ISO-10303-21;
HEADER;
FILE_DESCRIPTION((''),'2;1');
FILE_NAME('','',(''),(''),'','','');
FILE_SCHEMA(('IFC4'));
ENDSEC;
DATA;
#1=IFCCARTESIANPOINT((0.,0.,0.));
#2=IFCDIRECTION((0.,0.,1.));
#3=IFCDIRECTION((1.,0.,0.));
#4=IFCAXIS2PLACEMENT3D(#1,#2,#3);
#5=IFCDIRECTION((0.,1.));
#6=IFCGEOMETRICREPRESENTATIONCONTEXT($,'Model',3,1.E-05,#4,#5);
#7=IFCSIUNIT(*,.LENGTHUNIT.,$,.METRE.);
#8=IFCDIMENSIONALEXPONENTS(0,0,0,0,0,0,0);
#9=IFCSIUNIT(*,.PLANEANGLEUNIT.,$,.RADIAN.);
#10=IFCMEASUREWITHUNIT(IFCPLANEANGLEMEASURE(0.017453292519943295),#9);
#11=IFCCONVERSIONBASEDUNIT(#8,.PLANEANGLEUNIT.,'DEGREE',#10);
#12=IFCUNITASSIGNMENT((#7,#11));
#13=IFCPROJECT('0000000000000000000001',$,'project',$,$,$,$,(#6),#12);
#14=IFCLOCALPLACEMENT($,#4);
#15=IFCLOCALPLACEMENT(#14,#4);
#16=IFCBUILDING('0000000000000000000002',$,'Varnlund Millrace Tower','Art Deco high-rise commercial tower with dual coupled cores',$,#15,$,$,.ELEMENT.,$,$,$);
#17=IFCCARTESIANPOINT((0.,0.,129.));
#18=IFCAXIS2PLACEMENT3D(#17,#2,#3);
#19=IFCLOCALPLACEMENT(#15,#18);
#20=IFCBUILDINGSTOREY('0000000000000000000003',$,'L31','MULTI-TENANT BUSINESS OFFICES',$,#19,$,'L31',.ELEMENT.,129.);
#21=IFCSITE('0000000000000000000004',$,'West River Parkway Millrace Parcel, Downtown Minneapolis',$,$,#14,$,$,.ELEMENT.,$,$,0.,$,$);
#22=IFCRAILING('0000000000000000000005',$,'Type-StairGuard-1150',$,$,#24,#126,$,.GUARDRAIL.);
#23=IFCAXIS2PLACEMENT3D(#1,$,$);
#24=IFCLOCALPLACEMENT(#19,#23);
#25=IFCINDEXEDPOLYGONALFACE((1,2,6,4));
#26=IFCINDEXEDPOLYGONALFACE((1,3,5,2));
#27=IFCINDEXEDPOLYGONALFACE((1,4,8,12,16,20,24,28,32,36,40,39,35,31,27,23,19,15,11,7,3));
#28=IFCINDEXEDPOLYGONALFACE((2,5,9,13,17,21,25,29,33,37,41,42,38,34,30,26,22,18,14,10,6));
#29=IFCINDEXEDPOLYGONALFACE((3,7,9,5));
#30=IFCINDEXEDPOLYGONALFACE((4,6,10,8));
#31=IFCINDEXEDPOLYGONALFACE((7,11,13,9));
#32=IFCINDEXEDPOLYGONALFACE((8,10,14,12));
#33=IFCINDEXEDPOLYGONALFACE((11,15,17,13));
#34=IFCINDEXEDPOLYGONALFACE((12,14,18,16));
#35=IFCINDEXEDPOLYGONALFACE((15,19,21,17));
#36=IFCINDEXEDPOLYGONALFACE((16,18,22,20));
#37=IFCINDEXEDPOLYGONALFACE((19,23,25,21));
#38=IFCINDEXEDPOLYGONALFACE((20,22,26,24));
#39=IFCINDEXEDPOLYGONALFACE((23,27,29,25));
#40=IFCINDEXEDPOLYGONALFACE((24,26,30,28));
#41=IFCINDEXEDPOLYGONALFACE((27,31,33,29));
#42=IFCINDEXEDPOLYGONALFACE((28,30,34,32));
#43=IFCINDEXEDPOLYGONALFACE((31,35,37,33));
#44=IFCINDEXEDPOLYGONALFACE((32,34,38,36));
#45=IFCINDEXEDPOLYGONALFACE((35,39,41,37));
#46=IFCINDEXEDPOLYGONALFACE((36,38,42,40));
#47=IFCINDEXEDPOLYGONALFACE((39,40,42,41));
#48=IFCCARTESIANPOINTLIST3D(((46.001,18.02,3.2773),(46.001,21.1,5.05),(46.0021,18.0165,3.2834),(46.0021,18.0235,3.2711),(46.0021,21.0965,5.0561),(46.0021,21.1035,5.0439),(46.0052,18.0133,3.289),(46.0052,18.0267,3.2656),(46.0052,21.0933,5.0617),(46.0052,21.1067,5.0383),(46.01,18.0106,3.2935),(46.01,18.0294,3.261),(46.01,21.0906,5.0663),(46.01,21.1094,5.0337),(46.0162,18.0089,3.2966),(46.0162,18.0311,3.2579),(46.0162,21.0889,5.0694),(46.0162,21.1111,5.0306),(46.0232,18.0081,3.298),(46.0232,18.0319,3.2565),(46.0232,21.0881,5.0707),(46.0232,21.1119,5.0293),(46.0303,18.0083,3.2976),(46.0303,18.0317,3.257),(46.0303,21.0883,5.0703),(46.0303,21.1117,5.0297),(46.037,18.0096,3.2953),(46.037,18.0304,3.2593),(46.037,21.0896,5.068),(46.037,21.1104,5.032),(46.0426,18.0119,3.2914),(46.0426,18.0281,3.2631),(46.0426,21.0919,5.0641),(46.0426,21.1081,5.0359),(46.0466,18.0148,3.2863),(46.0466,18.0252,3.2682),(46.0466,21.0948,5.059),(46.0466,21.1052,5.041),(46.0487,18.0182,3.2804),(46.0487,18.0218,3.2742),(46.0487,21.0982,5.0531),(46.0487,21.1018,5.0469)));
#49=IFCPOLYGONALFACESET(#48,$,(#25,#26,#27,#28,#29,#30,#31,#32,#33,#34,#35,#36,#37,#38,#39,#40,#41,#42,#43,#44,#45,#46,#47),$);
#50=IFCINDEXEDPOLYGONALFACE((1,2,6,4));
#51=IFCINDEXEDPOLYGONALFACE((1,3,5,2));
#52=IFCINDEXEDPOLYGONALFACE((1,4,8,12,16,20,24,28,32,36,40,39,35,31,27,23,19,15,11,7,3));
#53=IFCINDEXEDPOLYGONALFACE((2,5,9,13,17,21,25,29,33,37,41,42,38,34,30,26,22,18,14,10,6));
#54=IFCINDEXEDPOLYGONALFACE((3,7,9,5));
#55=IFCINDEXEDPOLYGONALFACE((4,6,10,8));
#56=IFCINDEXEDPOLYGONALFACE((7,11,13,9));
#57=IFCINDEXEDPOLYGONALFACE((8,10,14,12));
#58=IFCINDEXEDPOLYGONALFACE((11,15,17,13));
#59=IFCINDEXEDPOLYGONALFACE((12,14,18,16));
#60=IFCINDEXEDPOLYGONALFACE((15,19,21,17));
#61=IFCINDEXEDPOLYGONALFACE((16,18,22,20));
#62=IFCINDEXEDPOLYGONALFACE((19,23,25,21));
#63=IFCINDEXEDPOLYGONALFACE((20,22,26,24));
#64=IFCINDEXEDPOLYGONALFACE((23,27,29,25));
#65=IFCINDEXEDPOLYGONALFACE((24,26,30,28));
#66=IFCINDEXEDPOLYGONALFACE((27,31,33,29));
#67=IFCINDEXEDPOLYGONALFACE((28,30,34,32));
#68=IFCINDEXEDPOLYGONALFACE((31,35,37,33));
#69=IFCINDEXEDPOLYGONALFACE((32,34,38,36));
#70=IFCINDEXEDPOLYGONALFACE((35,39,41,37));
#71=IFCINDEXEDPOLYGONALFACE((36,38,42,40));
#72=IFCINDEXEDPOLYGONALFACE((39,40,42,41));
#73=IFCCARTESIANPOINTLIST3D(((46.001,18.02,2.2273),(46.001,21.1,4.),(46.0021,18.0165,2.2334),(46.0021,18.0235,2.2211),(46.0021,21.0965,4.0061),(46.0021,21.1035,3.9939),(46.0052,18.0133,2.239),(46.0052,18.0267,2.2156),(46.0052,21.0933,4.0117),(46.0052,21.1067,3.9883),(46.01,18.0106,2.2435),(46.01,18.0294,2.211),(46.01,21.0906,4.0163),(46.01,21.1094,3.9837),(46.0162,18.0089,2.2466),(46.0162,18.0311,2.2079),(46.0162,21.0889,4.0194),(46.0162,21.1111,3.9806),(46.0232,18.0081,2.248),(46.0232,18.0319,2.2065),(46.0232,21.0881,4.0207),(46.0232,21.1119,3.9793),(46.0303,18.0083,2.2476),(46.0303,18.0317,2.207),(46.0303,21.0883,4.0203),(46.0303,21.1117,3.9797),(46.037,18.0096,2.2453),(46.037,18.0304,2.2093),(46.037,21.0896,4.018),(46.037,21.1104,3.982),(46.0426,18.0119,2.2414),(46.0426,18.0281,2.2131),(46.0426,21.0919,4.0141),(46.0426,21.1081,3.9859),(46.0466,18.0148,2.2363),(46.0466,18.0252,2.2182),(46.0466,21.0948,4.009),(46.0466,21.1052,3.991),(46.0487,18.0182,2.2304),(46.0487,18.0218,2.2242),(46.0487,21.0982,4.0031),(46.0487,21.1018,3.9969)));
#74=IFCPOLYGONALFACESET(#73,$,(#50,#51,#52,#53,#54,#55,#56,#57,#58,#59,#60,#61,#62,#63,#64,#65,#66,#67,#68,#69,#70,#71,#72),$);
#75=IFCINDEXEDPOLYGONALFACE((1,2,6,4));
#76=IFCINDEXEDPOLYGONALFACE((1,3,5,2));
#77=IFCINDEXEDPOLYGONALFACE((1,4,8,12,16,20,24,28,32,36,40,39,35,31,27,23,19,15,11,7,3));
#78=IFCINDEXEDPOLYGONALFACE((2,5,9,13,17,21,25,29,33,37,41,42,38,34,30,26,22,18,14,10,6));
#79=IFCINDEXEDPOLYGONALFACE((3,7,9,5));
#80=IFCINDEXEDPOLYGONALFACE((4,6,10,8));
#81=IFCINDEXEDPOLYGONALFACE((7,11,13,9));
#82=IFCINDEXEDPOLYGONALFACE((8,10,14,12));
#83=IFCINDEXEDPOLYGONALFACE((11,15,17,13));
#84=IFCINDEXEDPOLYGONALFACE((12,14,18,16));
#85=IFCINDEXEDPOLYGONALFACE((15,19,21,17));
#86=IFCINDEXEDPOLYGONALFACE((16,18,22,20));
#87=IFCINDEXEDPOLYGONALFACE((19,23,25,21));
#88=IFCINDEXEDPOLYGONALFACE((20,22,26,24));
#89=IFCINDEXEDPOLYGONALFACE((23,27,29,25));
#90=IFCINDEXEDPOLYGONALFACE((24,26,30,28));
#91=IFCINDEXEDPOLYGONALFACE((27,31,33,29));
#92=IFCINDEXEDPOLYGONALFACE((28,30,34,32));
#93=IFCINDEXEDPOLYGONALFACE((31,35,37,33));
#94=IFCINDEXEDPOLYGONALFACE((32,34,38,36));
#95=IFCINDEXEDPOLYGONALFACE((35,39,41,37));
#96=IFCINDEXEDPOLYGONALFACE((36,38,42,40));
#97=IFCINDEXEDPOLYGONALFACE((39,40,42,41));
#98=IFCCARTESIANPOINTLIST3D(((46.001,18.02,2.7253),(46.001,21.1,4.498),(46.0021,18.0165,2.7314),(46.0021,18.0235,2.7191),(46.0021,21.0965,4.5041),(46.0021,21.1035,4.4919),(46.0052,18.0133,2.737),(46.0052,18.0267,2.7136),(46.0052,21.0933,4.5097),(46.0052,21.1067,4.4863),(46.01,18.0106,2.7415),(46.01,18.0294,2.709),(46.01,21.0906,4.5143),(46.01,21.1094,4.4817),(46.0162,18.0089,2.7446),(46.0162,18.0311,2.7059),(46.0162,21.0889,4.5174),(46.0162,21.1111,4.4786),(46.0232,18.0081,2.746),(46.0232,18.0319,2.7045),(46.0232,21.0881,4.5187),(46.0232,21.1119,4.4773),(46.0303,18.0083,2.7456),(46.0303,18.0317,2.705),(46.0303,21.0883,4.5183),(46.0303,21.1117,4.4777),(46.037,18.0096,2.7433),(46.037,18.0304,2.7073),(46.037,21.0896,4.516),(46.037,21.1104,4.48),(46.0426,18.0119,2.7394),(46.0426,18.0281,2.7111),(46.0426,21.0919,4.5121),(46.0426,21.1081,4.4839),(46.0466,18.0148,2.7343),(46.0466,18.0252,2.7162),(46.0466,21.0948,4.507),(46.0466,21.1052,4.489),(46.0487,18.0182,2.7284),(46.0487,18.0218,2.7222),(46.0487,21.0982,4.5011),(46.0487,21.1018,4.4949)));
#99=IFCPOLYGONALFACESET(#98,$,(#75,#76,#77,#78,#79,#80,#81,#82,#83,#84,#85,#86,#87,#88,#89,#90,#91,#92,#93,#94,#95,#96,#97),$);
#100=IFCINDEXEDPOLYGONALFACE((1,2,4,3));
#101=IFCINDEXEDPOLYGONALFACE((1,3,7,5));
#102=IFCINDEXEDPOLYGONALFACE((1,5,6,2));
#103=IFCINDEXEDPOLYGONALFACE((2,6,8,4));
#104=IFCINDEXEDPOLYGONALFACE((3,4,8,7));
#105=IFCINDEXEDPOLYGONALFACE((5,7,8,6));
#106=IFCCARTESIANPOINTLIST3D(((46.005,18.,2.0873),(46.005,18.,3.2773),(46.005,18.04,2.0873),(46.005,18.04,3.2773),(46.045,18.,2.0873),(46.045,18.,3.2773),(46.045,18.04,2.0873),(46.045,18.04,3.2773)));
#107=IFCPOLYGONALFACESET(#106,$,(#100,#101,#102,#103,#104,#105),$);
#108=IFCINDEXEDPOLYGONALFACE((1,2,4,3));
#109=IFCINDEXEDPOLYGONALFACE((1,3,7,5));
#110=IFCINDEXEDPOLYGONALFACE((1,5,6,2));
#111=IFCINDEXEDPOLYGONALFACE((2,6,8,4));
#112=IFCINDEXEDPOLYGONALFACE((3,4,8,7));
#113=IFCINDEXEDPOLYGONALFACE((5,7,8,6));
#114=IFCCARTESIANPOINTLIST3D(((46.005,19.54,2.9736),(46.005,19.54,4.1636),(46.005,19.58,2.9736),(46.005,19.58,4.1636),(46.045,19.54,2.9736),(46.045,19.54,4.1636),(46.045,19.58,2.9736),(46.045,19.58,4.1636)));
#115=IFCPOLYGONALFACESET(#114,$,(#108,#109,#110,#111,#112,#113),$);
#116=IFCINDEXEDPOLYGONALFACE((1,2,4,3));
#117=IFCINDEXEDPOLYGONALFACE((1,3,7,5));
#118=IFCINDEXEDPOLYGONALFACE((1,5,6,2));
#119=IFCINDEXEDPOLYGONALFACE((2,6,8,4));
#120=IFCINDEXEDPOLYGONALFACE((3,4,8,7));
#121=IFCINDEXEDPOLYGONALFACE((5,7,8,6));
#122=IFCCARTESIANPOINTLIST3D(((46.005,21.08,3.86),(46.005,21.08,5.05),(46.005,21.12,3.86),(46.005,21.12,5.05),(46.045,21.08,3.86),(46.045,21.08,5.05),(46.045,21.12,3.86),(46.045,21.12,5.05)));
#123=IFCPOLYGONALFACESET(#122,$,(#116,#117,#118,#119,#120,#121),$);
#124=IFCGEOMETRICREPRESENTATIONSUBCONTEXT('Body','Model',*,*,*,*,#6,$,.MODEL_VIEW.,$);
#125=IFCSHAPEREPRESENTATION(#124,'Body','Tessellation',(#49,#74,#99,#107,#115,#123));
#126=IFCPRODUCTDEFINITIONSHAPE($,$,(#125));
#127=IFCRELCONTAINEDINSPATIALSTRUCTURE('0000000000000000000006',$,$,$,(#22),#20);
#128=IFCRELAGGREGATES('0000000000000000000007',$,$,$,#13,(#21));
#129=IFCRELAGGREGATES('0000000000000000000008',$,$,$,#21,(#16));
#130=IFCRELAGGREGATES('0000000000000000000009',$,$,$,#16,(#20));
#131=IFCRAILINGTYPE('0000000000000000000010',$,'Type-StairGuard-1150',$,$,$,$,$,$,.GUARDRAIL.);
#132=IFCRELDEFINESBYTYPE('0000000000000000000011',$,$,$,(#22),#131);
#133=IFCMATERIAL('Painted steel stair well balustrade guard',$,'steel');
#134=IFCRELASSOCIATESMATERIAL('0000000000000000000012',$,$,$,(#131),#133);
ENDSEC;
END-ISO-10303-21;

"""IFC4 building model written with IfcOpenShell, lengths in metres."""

from ifc_helpers import new_model, entity, si_unit, converted_unit, direction, frame, origin_with_axes, origin_2d_with_axis, place, context, subcontext, project, spatial, rectangle, circle, extrude, material, type_object, element, save


model = new_model("IFC4")

# Units and contexts
model_context = context("Model", 3, precision=1e-05, world=origin_with_axes(), true_north=direction((0.0, 1.0)))
body_context = subcontext(model_context, "Body", "Model", "MODEL_VIEW")
ifc_project = project(units=[si_unit("LENGTHUNIT", "METRE"), converted_unit("PLANEANGLEUNIT", "DEGREE", entity("IfcPlaneAngleMeasure", 0.017453292519943295), si_unit("PLANEANGLEUNIT", "RADIAN"), dimensions=[0, 0, 0, 0, 0, 0, 0])], contexts=[model_context])

# Site, building, storey
site_placement = place(None, origin_with_axes())
site = spatial("IfcSite", under=ifc_project, at=site_placement, Name="West River Parkway Millrace Parcel, Downtown Minneapolis", CompositionType="ELEMENT", RefElevation=0.0)
building_placement = place(site_placement, origin_with_axes())
building = spatial("IfcBuilding", under=site, at=building_placement, Name="Varnlund Millrace Tower", Description="Art Deco high-rise commercial tower with dual coupled cores", CompositionType="ELEMENT")
storey_placement = place(building_placement, frame((0.0, 0.0, 129.0), z_axis=(0.0, 0.0, 1.0), x_axis=(1.0, 0.0, 0.0)))
storey = spatial("IfcBuildingStorey", under=building, at=storey_placement, Name="L31", Description="MULTI-TENANT BUSINESS OFFICES", LongName="L31", CompositionType="ELEMENT", Elevation=129.0)

# Railing
ifc_material_1 = material(Name="Painted steel stair well balustrade guard", Category="steel")
railing_type_1 = type_object("IfcRailingType", Name="Type-StairGuard-1150", PredefinedType="GUARDRAIL", material=ifc_material_1)
railing_1_placement = place(storey_placement, frame((0.0, 0.0, -129.0), z_axis=(0.0, 0.0, 1.0), x_axis=(1.0, 0.0, 0.0)))
element("IfcRailing", 1, at=railing_1_placement, inside=storey, type_object=railing_type_1, Name="Type-StairGuard-1150", PredefinedType="GUARDRAIL", context=body_context, shape_type="SweptSolid", body=[
    extrude(circle(Radius=0.024, at=origin_2d_with_axis()), frame((46.025, 18.02, 132.2773), z_axis=(0.0, 0.866696, 0.498836), x_axis=(-1.0, 0.0, 0.0)), (0.0, 0.0, 1.0), 3.5537),
    extrude(circle(Radius=0.024, at=origin_2d_with_axis()), frame((46.025, 18.02, 131.2273), z_axis=(0.0, 0.866696, 0.498836), x_axis=(-1.0, 0.0, 0.0)), (0.0, 0.0, 1.0), 3.5537),
    extrude(circle(Radius=0.024, at=origin_2d_with_axis()), frame((46.025, 18.02, 131.7253), z_axis=(0.0, 0.866696, 0.498836), x_axis=(-1.0, 0.0, 0.0)), (0.0, 0.0, 1.0), 3.5537),
    extrude(rectangle(XDim=0.04, YDim=0.04, at=origin_2d_with_axis()), frame((46.025, 18.02, 131.0873), z_axis=(0.0, 0.0, 1.0), x_axis=(1.0, 0.0, 0.0)), (0.0, 0.0, 1.0), 1.19),
    extrude(rectangle(XDim=0.04, YDim=0.04, at=origin_2d_with_axis()), frame((46.025, 19.56, 131.9736), z_axis=(0.0, 0.0, 1.0), x_axis=(1.0, 0.0, 0.0)), (0.0, 0.0, 1.0), 1.19),
    extrude(rectangle(XDim=0.04, YDim=0.04, at=origin_2d_with_axis()), frame((46.025, 21.1, 132.86), z_axis=(0.0, 0.0, 1.0), x_axis=(1.0, 0.0, 0.0)), (0.0, 0.0, 1.0), 1.19),
])

save(model, "model.ifc")
